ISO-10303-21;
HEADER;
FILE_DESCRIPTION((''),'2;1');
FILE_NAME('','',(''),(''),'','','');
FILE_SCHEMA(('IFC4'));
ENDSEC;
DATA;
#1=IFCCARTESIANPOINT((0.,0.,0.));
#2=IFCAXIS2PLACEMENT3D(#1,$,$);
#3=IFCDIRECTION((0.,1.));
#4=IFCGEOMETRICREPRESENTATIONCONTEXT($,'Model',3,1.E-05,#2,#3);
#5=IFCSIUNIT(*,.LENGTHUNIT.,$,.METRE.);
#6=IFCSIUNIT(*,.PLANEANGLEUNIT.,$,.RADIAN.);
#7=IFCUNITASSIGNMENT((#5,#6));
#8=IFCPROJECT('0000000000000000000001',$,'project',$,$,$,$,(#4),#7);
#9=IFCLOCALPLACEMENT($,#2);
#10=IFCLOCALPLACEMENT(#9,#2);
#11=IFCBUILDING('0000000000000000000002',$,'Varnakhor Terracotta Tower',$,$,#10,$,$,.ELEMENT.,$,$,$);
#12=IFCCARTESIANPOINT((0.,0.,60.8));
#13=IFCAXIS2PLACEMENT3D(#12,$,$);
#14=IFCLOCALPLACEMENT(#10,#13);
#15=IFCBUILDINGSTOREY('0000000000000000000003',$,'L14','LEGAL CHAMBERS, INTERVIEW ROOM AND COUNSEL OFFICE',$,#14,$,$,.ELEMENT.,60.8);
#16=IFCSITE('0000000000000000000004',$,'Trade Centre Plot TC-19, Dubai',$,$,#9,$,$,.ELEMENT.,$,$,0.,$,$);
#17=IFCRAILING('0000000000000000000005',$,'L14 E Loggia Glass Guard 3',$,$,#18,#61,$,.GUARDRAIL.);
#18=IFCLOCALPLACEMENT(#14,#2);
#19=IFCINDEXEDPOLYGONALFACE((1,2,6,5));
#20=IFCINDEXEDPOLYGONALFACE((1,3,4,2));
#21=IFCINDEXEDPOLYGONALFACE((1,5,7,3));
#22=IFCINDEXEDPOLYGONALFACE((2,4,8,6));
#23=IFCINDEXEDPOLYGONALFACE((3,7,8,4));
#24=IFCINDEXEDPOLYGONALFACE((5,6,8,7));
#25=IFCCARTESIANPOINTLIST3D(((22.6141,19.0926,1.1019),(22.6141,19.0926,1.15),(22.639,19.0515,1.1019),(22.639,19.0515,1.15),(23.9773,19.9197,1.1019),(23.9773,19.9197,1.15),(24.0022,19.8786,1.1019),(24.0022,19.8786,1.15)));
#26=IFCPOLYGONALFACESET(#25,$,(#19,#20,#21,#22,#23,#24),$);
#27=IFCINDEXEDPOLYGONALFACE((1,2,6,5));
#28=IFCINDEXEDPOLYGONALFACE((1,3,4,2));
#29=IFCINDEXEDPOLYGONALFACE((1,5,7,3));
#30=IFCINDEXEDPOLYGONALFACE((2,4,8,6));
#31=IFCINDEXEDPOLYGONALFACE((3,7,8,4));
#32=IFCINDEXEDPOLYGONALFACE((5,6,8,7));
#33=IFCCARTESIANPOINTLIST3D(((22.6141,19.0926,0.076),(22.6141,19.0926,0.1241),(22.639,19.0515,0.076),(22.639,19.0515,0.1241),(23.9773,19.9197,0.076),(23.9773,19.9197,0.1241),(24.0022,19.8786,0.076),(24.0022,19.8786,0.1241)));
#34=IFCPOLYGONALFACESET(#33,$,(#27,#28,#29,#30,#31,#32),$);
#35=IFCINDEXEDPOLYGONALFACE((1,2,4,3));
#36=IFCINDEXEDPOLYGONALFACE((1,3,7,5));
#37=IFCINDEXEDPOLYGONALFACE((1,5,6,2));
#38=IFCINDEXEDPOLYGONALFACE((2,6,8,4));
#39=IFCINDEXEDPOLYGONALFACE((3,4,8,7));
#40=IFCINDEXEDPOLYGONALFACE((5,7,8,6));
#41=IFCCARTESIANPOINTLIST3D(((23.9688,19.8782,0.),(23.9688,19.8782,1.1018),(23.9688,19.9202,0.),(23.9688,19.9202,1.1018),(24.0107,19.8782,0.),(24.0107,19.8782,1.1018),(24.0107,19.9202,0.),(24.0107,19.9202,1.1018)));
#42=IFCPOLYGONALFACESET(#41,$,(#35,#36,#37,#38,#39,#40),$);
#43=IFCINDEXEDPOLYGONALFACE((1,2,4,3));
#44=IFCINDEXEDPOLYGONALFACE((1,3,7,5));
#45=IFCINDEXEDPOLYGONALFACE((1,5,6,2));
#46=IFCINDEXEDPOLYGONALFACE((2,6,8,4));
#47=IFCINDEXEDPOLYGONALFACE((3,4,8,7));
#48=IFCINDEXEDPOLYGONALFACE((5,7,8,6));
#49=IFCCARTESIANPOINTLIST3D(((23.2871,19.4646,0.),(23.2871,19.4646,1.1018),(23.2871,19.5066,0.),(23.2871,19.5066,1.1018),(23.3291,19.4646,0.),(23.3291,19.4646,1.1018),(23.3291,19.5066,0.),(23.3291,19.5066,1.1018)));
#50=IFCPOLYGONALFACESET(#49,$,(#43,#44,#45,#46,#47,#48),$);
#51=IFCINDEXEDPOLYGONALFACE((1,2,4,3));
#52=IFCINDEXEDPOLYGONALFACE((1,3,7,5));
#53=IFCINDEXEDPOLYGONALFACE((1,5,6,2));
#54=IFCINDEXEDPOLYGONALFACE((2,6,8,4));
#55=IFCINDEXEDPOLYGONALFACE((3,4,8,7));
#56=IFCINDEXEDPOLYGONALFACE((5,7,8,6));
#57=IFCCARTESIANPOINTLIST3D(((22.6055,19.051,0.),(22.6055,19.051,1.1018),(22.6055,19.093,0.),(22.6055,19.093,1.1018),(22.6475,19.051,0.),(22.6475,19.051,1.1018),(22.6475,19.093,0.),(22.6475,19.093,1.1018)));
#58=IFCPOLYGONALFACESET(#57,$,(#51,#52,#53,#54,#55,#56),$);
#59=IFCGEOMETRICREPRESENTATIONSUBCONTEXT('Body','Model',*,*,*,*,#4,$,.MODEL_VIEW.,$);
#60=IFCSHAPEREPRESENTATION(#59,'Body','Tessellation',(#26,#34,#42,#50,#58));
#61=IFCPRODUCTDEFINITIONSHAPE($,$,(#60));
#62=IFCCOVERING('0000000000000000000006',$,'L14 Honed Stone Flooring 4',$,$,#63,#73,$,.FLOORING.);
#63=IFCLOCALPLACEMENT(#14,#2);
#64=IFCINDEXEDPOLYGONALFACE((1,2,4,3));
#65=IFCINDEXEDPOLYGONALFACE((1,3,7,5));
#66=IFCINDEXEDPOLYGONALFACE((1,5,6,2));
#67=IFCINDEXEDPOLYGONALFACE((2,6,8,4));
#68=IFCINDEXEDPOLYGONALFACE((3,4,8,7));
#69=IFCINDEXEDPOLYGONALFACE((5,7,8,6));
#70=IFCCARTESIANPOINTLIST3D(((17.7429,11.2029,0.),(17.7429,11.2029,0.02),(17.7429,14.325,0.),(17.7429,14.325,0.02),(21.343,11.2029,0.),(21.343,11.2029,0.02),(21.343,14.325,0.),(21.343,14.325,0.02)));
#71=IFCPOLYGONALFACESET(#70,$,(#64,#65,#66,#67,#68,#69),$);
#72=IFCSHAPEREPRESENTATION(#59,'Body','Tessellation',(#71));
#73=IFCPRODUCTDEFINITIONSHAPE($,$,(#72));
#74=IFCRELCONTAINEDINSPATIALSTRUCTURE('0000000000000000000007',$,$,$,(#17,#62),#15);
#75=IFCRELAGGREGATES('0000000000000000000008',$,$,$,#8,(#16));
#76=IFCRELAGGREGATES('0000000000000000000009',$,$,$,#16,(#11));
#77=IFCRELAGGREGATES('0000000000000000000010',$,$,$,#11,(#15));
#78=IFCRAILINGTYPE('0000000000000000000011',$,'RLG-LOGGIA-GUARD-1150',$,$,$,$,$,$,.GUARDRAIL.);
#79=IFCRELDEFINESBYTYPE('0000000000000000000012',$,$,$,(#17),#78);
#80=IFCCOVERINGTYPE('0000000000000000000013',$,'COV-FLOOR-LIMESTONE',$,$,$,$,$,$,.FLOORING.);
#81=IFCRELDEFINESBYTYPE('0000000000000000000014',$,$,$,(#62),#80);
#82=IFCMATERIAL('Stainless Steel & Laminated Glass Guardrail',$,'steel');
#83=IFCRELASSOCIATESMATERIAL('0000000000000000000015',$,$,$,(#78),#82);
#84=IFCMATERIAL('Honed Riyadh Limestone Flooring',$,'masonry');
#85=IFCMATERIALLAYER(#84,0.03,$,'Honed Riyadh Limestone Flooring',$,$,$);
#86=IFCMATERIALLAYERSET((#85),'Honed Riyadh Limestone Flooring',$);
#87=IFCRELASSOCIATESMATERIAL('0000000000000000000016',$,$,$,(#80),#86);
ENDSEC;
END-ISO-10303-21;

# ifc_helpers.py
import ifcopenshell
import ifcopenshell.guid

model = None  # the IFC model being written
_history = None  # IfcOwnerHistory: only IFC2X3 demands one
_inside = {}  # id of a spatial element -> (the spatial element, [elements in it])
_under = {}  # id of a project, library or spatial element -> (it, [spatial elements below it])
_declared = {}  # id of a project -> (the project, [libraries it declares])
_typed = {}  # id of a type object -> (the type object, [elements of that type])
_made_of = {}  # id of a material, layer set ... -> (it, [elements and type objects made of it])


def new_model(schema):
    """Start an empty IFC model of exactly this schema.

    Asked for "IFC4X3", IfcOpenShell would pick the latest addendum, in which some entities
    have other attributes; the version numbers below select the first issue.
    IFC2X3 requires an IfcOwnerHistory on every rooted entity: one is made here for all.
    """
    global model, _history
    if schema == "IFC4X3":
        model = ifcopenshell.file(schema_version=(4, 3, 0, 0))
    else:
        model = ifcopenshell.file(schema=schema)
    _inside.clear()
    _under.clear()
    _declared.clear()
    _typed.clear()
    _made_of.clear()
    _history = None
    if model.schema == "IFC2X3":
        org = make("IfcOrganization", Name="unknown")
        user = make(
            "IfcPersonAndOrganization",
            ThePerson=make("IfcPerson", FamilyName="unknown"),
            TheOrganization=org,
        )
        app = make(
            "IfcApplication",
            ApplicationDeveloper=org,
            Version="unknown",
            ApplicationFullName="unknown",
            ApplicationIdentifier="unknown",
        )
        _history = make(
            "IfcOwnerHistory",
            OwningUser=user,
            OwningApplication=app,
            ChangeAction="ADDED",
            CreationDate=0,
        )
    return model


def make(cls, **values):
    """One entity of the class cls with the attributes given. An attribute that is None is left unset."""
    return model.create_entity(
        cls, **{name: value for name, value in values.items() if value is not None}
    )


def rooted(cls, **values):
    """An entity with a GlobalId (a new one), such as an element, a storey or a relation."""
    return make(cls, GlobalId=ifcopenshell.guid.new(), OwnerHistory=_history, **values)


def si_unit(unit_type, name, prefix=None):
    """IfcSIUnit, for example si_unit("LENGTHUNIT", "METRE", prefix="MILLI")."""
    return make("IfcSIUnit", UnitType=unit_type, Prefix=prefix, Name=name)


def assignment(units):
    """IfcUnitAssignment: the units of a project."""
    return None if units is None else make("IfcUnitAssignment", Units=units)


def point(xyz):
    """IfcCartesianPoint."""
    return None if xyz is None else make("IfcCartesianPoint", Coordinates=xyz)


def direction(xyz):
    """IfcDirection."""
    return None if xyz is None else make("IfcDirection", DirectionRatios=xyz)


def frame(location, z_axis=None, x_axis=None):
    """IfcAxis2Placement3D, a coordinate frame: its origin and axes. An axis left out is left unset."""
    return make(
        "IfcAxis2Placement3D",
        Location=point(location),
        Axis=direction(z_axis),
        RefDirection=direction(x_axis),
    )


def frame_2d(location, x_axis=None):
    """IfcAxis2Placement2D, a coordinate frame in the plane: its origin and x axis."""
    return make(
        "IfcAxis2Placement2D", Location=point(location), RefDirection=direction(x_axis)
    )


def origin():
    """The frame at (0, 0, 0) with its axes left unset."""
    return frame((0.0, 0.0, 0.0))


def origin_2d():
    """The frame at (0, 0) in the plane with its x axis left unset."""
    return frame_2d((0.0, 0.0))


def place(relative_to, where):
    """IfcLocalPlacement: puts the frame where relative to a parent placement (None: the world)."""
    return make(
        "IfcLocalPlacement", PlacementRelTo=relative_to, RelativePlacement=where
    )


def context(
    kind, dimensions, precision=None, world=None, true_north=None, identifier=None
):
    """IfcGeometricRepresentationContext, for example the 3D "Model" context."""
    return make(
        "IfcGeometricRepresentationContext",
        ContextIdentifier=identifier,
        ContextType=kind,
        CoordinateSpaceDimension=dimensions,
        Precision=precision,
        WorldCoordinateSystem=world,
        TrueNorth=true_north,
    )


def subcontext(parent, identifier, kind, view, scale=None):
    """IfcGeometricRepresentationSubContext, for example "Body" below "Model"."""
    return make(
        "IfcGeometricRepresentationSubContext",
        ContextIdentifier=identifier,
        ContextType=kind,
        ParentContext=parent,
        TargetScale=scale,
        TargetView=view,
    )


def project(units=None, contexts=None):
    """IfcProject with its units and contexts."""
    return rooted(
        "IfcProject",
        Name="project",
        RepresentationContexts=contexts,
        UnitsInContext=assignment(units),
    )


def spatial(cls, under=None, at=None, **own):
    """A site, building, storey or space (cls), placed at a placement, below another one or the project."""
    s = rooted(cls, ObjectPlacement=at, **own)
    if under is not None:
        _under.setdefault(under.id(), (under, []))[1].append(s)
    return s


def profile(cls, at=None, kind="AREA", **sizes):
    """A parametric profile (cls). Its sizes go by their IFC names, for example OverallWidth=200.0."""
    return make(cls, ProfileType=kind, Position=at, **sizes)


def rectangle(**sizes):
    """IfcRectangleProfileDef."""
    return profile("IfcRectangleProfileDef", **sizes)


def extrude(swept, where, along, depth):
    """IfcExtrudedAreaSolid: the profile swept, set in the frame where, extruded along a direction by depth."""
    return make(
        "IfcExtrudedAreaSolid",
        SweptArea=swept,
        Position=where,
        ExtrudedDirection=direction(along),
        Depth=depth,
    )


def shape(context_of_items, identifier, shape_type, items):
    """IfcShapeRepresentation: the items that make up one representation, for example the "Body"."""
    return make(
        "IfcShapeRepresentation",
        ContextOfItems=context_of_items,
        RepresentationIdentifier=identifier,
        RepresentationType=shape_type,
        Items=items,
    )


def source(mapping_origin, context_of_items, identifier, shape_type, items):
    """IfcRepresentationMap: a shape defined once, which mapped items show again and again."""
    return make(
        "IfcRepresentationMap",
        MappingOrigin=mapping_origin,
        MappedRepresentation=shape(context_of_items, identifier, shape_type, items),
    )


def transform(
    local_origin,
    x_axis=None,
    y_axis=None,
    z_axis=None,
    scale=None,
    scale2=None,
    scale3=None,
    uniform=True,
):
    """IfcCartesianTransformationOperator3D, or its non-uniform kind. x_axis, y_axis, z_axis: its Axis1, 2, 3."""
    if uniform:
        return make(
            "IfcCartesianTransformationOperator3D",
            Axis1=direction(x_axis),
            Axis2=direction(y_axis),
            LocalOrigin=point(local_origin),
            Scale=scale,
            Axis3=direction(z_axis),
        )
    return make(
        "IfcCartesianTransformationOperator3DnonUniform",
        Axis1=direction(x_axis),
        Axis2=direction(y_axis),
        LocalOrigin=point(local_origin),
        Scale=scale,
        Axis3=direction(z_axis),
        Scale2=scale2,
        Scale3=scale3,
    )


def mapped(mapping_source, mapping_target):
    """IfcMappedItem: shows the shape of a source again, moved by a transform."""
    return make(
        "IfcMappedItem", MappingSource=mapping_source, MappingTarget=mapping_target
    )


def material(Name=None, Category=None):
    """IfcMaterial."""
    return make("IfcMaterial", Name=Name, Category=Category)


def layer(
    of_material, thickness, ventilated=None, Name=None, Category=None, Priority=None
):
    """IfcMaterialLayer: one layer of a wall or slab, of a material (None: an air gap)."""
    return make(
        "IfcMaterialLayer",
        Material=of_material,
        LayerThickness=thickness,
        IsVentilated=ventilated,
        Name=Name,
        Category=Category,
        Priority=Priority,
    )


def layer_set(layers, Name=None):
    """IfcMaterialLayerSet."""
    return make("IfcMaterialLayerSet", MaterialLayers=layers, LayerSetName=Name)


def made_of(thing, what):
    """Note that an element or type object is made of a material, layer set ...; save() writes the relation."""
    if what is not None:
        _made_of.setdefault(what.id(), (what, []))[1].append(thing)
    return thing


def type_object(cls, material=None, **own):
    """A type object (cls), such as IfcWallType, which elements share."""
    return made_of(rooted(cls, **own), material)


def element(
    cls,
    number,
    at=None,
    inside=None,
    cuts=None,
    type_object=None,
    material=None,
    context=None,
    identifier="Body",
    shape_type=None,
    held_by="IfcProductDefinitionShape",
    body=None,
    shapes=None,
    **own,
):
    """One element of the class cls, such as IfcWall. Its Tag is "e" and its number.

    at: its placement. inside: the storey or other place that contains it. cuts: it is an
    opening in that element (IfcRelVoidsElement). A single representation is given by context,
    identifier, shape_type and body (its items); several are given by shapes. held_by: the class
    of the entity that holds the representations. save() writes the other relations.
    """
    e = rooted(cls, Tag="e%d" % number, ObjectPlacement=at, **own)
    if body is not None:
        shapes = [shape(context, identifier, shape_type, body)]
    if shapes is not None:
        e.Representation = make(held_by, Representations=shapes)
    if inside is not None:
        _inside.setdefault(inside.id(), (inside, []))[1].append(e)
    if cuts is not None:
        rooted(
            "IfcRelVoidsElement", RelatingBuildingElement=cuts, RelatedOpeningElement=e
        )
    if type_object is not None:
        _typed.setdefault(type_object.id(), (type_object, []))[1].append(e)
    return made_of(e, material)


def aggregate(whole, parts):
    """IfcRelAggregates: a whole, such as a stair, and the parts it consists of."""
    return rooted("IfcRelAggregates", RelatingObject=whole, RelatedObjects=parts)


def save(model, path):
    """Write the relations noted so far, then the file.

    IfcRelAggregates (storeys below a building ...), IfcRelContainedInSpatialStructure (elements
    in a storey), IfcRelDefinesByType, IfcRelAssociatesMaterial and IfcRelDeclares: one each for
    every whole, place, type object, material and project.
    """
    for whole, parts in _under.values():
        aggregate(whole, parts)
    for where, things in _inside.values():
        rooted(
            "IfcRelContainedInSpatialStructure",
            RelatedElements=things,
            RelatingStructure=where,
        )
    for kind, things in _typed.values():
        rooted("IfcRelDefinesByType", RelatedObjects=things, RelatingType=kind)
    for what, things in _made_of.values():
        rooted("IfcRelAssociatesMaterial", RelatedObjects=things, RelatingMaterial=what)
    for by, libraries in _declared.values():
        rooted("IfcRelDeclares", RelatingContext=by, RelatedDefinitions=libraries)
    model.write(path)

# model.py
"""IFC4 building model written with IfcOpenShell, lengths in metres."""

from ifc_helpers import new_model, si_unit, direction, frame, origin, origin_2d, place, context, subcontext, project, spatial, rectangle, extrude, source, transform, mapped, material, layer, layer_set, type_object, element, save


model = new_model("IFC4")

# Units and contexts
model_context = context("Model", 3, precision=1e-05, world=origin(), true_north=direction((0.0, 1.0)))
body_context = subcontext(model_context, "Body", "Model", "MODEL_VIEW")
ifc_project = project(units=[si_unit("LENGTHUNIT", "METRE"), si_unit("PLANEANGLEUNIT", "RADIAN")], contexts=[model_context])

# Site, building, storey
site_placement = place(None, origin())
site = spatial("IfcSite", under=ifc_project, at=site_placement, Name="Trade Centre Plot TC-19, Dubai", CompositionType="ELEMENT", RefElevation=0.0)
building_placement = place(site_placement, origin())
building = spatial("IfcBuilding", under=site, at=building_placement, Name="Varnakhor Terracotta Tower", CompositionType="ELEMENT")
storey_placement = place(building_placement, frame((0.0, 0.0, 60.8)))
storey = spatial("IfcBuildingStorey", under=building, at=storey_placement, Name="L14", Description="LEGAL CHAMBERS, INTERVIEW ROOM AND COUNSEL OFFICE", CompositionType="ELEMENT", Elevation=60.8)

# Railing
ifc_material_1 = material(Name="Stainless Steel & Laminated Glass Guardrail", Category="steel")
railing_type = type_object("IfcRailingType", Name="RLG-LOGGIA-GUARD-1150", PredefinedType="GUARDRAIL", material=ifc_material_1)
railing_placement = place(storey_placement, frame((23.9897, 19.8992, 0.0)))
element("IfcRailing", 1, at=railing_placement, inside=storey, type_object=railing_type, Name="L14 E Loggia Glass Guard 3", PredefinedType="GUARDRAIL", context=body_context, shape_type="SweptSolid", body=[
    extrude(rectangle(XDim=0.0481, YDim=0.0481, at=origin_2d()), frame((0.0, 0.0, 1.126), z_axis=(-0.854943, -0.518722, 0.0), x_axis=(0.518722, -0.854943, 0.0)), (0.0, 0.0, 1.0), 1.5945),
    extrude(rectangle(XDim=0.0481, YDim=0.0481, at=origin_2d()), frame((0.0, 0.0, 0.1001), z_axis=(-0.854943, -0.518722, 0.0), x_axis=(0.518722, -0.854943, 0.0)), (0.0, 0.0, 1.0), 1.5945),
    extrude(rectangle(XDim=0.042, YDim=0.042, at=origin_2d()), origin(), (0.0, 0.0, 1.0), 1.1018),
    extrude(rectangle(XDim=0.042, YDim=0.042, at=origin_2d()), frame((-0.6816, -0.4136, 0.0)), (0.0, 0.0, 1.0), 1.1018),
    extrude(rectangle(XDim=0.042, YDim=0.042, at=origin_2d()), frame((-1.3633, -0.8271, 0.0)), (0.0, 0.0, 1.0), 1.1018),
])

# Covering
ifc_material_2 = material(Name="Honed Riyadh Limestone Flooring", Category="masonry")
ifc_layer_1 = layer(ifc_material_2, 0.03, Name="Honed Riyadh Limestone Flooring")
ifc_layer_set_1 = layer_set([ifc_layer_1], Name="Honed Riyadh Limestone Flooring")
covering_type = type_object("IfcCoveringType", Name="COV-FLOOR-LIMESTONE", PredefinedType="FLOORING", material=ifc_layer_set_1)
shared_shape_1 = source(origin(), body_context, "Body", "SweptSolid", [
    extrude(rectangle(XDim=3.6001, YDim=3.1221, at=origin_2d()), origin(), (0.0, 0.0, 1.0), 0.02),
])
covering_placement = place(storey_placement, frame((19.543, 12.7639, 0.0), z_axis=(0.0, 0.0, 1.0), x_axis=(1.0, 0.0, 0.0)))
element("IfcCovering", 2, at=covering_placement, inside=storey, type_object=covering_type, Name="L14 Honed Stone Flooring 4", PredefinedType="FLOORING", context=body_context, shape_type="MappedRepresentation", body=[
    mapped(shared_shape_1, transform((0.0, 0.0, 0.0), scale=1.0)),
])

save(model, "model.ifc")
